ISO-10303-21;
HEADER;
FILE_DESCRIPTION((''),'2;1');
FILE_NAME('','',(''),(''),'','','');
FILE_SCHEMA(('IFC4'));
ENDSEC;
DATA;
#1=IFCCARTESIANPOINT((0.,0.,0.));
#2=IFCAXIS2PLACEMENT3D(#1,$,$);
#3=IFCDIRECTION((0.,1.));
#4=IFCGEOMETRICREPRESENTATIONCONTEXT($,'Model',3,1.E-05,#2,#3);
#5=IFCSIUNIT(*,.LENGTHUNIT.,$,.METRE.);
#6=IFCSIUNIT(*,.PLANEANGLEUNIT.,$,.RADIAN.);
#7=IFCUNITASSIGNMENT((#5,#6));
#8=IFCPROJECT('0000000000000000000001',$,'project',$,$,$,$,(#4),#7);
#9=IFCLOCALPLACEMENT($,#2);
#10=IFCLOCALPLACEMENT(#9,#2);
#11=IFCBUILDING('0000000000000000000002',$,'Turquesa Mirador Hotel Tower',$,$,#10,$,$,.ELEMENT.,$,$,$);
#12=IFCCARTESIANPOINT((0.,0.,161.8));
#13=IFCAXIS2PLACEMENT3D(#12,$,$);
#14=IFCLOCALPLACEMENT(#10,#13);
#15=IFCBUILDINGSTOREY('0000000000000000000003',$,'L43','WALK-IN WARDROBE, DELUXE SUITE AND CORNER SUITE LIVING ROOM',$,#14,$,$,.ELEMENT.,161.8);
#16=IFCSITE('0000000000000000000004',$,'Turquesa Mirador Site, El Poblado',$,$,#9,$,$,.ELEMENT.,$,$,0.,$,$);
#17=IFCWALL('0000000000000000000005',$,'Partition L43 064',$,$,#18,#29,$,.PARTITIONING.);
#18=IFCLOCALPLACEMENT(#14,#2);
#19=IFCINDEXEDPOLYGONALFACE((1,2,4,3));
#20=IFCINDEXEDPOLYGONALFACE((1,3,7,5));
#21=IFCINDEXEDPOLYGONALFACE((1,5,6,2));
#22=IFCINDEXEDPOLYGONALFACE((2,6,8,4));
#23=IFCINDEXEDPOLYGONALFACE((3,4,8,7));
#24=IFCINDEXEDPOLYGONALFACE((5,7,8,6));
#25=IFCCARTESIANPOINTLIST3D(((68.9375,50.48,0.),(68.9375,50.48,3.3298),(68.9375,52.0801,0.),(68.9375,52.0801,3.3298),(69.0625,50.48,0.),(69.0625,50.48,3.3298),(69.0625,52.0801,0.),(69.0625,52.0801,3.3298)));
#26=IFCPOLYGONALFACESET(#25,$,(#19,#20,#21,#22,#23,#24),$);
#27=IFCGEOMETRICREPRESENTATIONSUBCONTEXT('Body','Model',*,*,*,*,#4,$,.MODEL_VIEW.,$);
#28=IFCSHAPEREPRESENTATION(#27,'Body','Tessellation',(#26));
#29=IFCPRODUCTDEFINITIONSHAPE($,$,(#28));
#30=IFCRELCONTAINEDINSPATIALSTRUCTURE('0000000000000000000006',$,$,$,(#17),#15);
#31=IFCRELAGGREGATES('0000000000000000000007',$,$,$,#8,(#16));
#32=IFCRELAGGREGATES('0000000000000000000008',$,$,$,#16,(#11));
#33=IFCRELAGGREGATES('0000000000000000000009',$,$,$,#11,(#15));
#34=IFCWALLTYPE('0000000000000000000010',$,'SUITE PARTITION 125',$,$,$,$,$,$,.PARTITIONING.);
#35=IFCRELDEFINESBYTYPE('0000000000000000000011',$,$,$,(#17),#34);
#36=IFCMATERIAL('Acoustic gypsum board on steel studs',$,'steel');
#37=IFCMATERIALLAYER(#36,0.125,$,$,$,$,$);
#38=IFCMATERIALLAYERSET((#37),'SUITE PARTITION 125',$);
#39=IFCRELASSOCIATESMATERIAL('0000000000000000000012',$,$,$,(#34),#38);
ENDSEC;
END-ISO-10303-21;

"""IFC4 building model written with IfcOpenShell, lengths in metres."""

from ifc_helpers import new_model, si_unit, direction, frame, frame_2d, origin, place, context, subcontext, project, spatial, rectangle, extrude, material, layer, layer_set, type_object, element, save


model = new_model("IFC4")

# Units and contexts
model_context = context("Model", 3, precision=1e-05, world=origin(), true_north=direction((0.0, 1.0)))
body_context = subcontext(model_context, "Body", "Model", "MODEL_VIEW")
ifc_project = project(units=[si_unit("LENGTHUNIT", "METRE"), si_unit("PLANEANGLEUNIT", "RADIAN")], contexts=[model_context])

# Site, building, storey
site_placement = place(None, origin())
site = spatial("IfcSite", under=ifc_project, at=site_placement, Name="Turquesa Mirador Site, El Poblado", CompositionType="ELEMENT", RefElevation=0.0)
building_placement = place(site_placement, origin())
building = spatial("IfcBuilding", under=site, at=building_placement, Name="Turquesa Mirador Hotel Tower", CompositionType="ELEMENT")
storey_placement = place(building_placement, frame((0.0, 0.0, 161.8)))
storey = spatial("IfcBuildingStorey", under=building, at=storey_placement, Name="L43", Description="WALK-IN WARDROBE, DELUXE SUITE AND CORNER SUITE LIVING ROOM", CompositionType="ELEMENT", Elevation=161.8)

# Shared definitions
ifc_material_1 = material(Name="Acoustic gypsum board on steel studs", Category="steel")
ifc_layer_1 = layer(ifc_material_1, 0.125)
ifc_layer_set_1 = layer_set([ifc_layer_1], Name="SUITE PARTITION 125")
wall_type_1 = type_object("IfcWallType", Name="SUITE PARTITION 125", PredefinedType="PARTITIONING", material=ifc_layer_set_1)

# Wall
wall_1_placement = place(storey_placement, frame((69.0, 50.48, 0.0), z_axis=(0.0, 0.0, 1.0), x_axis=(0.0, 1.0, 0.0)))
element("IfcWall", 1, at=wall_1_placement, inside=storey, type_object=wall_type_1, Name="Partition L43 064", PredefinedType="PARTITIONING", context=body_context, shape_type="SweptSolid", body=[
    extrude(rectangle(XDim=1.6001, YDim=0.125, at=frame_2d((0.8, 0.0))), origin(), (0.0, 0.0, 1.0), 3.3298),
])

save(model, "model.ifc")
